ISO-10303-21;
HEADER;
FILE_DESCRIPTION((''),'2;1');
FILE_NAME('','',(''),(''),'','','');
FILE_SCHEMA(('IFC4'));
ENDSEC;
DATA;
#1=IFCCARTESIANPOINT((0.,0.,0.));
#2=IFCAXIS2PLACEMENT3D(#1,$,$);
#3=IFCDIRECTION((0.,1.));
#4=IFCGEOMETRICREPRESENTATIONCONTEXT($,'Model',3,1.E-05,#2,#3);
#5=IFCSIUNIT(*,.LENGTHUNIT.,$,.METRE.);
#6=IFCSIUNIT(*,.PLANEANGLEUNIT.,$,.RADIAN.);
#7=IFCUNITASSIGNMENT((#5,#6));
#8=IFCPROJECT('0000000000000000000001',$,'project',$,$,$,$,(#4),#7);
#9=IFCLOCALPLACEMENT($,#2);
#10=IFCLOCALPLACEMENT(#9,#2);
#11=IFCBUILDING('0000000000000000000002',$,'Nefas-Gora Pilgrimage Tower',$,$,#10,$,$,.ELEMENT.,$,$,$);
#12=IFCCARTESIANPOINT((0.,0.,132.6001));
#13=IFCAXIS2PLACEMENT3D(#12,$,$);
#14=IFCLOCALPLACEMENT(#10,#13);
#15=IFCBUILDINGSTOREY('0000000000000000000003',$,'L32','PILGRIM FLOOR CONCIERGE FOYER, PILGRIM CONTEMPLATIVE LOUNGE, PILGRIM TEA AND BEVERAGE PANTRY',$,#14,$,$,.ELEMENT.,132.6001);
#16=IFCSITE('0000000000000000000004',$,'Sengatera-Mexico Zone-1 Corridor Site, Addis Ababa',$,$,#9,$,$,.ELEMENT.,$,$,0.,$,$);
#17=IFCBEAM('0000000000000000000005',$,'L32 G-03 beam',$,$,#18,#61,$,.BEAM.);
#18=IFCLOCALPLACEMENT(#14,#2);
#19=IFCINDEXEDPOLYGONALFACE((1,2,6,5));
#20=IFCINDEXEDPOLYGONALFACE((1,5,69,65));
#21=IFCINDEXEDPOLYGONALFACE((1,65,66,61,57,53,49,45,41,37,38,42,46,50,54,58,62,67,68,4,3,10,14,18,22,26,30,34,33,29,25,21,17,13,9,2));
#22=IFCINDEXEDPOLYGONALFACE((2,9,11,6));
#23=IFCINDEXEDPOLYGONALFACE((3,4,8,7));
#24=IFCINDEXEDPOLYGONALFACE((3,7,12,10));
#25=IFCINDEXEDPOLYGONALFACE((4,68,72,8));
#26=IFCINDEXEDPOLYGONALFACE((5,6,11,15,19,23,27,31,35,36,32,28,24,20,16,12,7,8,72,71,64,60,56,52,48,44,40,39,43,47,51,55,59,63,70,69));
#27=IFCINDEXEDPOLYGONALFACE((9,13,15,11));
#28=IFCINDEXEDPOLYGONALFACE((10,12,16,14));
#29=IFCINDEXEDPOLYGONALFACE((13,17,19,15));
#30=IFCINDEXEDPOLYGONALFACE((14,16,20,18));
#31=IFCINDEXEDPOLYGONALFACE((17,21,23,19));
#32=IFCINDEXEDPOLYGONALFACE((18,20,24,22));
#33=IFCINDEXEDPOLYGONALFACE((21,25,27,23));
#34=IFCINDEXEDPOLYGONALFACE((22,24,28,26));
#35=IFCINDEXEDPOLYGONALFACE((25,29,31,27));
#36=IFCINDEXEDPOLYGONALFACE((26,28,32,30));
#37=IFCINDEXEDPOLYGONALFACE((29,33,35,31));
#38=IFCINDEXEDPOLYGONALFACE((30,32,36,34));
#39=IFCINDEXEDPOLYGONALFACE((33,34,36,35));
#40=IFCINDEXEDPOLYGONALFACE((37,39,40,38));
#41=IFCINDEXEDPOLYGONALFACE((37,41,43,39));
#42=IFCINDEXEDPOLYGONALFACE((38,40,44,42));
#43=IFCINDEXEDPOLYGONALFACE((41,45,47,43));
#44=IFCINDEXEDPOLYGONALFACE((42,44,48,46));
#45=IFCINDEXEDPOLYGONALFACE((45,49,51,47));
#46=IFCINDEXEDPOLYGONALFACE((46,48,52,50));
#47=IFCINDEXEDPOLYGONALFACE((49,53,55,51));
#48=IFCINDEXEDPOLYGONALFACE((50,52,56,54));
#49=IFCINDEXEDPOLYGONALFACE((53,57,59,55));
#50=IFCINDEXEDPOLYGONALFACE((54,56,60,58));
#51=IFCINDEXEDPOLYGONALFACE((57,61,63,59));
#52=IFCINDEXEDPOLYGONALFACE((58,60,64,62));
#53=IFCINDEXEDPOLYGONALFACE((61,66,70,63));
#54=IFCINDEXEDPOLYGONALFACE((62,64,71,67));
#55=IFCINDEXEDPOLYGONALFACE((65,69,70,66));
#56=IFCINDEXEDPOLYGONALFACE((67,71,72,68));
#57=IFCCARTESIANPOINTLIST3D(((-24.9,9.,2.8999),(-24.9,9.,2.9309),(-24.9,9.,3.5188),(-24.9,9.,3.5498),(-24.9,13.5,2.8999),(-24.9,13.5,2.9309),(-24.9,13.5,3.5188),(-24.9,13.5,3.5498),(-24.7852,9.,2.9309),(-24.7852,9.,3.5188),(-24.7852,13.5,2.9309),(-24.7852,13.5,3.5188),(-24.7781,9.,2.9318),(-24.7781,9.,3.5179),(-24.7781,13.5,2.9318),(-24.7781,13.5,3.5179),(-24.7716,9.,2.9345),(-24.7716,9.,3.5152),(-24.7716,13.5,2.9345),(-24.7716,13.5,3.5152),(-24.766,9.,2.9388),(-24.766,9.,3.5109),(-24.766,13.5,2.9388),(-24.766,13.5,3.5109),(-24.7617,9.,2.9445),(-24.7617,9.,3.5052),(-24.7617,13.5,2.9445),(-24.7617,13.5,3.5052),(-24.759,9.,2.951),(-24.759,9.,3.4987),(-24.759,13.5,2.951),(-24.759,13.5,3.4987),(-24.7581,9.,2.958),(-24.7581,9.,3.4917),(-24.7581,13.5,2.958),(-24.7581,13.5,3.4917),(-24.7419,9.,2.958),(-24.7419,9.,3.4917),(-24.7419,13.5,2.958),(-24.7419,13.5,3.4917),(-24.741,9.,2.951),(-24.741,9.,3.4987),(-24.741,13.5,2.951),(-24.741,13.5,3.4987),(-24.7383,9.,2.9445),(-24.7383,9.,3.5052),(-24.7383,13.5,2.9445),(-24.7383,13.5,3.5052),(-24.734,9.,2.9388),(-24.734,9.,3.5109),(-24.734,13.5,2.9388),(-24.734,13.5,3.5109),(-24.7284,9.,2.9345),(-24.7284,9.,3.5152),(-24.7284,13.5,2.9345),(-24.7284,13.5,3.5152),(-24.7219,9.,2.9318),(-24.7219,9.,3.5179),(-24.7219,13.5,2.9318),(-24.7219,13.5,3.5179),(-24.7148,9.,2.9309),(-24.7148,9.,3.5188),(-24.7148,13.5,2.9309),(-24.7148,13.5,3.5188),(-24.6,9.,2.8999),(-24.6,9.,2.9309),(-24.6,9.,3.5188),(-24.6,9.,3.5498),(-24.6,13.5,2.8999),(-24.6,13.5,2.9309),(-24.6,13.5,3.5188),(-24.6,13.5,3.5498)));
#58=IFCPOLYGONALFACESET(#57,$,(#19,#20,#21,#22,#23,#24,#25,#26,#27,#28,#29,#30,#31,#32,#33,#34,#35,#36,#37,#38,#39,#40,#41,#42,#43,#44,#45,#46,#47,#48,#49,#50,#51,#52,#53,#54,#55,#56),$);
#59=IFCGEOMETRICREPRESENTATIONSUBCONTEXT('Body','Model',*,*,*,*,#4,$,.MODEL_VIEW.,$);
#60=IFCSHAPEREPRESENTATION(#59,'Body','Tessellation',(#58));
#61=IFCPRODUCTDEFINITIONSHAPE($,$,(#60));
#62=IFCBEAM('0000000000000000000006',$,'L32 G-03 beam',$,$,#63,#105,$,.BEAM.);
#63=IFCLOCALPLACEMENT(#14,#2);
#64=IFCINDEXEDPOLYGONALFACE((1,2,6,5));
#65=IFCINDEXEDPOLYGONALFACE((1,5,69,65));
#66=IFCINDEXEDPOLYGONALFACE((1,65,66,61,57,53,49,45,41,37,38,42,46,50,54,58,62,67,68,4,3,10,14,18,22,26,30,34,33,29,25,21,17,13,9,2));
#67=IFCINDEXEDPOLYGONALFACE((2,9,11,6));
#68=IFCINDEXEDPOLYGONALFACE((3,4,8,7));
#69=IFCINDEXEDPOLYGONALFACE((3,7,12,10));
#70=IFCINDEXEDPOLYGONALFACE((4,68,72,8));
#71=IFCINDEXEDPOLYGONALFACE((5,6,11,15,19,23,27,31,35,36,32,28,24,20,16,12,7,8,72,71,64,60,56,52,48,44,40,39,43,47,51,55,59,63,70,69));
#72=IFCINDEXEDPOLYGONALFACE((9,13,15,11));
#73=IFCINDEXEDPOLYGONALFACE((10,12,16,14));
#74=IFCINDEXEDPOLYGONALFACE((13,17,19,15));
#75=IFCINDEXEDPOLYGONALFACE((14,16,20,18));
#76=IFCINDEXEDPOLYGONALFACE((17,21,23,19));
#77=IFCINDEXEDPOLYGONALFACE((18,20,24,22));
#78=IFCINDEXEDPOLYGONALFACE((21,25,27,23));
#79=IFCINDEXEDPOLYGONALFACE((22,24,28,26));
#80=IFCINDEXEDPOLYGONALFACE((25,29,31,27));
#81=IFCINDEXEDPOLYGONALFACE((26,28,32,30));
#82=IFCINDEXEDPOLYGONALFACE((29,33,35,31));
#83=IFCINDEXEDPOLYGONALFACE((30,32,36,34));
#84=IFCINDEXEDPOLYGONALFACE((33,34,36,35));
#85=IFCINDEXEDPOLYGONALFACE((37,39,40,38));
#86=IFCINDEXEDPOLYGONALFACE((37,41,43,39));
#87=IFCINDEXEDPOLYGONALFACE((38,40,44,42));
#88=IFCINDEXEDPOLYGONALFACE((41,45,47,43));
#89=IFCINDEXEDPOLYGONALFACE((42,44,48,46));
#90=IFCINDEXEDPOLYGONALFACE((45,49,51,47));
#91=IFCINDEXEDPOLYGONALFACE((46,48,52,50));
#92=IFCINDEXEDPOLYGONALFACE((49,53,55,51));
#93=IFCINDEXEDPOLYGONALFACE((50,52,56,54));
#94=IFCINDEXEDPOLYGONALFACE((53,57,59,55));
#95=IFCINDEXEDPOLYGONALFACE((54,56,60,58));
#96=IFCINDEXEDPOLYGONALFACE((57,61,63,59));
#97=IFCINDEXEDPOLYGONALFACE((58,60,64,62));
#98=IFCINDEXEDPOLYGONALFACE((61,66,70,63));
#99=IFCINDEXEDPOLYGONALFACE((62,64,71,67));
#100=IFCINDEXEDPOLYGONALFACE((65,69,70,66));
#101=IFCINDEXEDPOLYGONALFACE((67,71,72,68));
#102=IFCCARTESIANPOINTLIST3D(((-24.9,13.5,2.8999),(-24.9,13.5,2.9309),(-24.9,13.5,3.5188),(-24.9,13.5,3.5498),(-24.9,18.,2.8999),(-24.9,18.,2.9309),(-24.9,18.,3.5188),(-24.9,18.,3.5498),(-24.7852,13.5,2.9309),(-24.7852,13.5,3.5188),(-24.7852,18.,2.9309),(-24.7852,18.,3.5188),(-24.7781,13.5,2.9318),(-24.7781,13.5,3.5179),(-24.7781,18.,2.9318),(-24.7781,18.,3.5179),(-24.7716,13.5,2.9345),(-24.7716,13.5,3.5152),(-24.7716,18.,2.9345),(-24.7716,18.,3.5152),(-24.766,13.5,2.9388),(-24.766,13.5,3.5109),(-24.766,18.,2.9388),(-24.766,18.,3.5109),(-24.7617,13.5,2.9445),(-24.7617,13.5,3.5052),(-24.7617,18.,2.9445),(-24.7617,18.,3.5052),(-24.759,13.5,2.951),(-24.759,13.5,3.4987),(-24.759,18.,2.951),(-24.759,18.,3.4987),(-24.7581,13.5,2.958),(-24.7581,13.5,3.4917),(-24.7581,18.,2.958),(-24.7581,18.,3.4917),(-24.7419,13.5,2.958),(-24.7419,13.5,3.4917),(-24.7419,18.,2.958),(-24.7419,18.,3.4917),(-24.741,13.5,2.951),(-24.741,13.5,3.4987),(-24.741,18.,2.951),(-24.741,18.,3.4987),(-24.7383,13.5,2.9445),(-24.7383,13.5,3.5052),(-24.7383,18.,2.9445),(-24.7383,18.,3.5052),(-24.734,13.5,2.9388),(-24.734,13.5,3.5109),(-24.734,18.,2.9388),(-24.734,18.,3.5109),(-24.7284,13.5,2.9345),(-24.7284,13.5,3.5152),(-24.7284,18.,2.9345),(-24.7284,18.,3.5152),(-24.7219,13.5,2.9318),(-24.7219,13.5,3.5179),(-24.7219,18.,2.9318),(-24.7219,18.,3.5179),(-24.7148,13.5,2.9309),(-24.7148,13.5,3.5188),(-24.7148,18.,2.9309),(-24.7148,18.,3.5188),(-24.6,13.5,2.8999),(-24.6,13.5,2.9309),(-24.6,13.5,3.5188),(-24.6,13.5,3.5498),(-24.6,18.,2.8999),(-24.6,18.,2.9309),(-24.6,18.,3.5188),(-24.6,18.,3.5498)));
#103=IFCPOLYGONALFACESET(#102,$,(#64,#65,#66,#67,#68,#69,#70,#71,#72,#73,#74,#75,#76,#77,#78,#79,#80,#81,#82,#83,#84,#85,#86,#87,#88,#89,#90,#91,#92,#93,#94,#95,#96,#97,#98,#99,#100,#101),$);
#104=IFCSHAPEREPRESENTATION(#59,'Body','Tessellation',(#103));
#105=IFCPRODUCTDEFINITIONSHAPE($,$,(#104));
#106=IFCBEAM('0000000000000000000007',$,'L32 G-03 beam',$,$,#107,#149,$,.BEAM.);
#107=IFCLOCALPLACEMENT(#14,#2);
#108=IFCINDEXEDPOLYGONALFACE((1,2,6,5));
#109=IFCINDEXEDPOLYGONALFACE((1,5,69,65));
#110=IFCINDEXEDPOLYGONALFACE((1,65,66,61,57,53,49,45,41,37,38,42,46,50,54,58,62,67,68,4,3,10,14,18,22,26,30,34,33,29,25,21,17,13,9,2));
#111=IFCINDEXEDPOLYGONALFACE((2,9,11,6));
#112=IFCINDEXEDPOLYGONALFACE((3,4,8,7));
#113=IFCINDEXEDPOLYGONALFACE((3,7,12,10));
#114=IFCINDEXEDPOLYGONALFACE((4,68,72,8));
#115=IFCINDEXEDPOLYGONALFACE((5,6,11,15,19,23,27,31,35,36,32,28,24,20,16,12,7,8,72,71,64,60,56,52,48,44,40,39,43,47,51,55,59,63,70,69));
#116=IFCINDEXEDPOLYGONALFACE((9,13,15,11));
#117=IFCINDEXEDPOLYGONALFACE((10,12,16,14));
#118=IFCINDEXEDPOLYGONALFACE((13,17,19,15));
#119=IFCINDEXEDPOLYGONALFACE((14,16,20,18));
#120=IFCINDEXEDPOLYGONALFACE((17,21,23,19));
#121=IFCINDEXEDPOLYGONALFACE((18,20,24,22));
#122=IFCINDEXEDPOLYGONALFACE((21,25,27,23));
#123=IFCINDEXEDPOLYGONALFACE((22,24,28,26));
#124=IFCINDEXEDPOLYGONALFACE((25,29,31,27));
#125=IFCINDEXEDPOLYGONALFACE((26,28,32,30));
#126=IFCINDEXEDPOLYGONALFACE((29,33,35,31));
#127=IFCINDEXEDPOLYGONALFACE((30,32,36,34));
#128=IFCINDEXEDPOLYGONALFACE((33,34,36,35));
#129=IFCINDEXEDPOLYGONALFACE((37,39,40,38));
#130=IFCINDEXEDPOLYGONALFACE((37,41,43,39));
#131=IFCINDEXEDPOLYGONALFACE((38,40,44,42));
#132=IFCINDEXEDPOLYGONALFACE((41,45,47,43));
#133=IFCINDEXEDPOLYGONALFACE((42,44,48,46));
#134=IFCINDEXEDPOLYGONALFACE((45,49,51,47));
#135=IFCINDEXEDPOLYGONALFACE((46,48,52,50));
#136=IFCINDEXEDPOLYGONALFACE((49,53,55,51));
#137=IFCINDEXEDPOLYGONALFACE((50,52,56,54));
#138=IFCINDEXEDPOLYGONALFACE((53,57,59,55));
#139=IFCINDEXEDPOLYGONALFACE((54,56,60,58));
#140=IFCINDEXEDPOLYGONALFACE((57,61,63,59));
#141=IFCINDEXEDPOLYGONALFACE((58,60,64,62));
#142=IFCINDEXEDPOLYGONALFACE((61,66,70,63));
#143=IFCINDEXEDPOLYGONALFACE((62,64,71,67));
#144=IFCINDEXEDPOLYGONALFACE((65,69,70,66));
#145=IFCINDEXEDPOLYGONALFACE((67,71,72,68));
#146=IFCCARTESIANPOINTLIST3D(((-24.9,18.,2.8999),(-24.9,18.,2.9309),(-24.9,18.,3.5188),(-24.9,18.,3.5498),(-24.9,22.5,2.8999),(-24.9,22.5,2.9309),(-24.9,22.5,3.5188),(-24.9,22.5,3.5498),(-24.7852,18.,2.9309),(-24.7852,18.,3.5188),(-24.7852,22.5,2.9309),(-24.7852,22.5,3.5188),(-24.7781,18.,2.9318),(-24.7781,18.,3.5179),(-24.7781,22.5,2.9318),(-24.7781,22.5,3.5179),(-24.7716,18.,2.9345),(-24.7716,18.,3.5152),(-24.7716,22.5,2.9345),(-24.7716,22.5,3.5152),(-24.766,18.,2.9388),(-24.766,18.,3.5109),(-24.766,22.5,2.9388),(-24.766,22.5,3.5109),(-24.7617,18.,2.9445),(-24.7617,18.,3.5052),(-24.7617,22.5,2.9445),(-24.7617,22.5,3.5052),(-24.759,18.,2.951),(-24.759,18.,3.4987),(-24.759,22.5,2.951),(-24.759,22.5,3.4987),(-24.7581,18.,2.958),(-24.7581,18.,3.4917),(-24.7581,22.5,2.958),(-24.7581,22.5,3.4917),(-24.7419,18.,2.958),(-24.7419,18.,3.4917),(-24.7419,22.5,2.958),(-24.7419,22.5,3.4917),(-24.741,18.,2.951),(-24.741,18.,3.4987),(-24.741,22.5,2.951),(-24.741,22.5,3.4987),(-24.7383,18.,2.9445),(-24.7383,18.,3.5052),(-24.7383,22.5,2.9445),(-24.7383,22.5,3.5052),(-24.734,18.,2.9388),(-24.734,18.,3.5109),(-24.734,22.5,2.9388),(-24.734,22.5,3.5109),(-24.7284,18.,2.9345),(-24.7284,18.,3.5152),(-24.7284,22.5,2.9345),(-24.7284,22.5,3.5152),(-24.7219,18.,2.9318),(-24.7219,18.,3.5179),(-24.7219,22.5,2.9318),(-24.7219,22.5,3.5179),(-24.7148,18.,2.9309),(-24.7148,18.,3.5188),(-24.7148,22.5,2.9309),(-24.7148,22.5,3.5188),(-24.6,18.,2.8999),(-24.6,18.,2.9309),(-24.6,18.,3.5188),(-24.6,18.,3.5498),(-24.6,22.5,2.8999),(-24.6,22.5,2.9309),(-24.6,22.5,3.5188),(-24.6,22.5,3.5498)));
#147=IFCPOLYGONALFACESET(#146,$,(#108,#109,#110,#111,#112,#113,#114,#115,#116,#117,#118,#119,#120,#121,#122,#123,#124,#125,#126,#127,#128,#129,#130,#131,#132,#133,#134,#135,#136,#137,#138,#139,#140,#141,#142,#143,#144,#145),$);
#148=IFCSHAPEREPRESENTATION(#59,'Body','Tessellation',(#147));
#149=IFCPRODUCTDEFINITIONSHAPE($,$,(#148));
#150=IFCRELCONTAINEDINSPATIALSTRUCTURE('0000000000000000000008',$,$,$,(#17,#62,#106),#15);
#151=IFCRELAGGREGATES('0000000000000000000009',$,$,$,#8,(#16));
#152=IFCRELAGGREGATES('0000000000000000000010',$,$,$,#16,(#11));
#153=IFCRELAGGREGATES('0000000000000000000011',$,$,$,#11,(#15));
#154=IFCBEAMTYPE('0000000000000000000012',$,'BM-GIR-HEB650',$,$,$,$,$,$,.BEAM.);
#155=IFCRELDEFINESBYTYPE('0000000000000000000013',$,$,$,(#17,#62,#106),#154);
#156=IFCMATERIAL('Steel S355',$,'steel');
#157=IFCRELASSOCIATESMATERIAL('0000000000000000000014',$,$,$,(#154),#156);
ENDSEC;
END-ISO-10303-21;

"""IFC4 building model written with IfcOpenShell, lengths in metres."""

from ifc_helpers import new_model, si_unit, direction, frame, origin, origin_2d, place, context, subcontext, project, spatial, i_section, extrude, source, transform, mapped, material, material_profile, profile_set, type_object, element, save


model = new_model("IFC4")

# Units and contexts
model_context = context("Model", 3, precision=1e-05, world=origin(), true_north=direction((0.0, 1.0)))
body_context = subcontext(model_context, "Body", "Model", "MODEL_VIEW")
ifc_project = project(units=[si_unit("LENGTHUNIT", "METRE"), si_unit("PLANEANGLEUNIT", "RADIAN")], contexts=[model_context])

# Site, building, storey
site_placement = place(None, origin())
site = spatial("IfcSite", under=ifc_project, at=site_placement, Name="Sengatera-Mexico Zone-1 Corridor Site, Addis Ababa", CompositionType="ELEMENT", RefElevation=0.0)
building_placement = place(site_placement, origin())
building = spatial("IfcBuilding", under=site, at=building_placement, Name="Nefas-Gora Pilgrimage Tower", CompositionType="ELEMENT")
storey_placement = place(building_placement, frame((0.0, 0.0, 132.6001)))
storey = spatial("IfcBuildingStorey", under=building, at=storey_placement, Name="L32", Description="PILGRIM FLOOR CONCIERGE FOYER, PILGRIM CONTEMPLATIVE LOUNGE, PILGRIM TEA AND BEVERAGE PANTRY", CompositionType="ELEMENT", Elevation=132.6001)

# Beams
ifc_material_1 = material(Name="Steel S355", Category="steel")
ifc_material_profile_1 = material_profile(ifc_material_1, i_section(OverallWidth=0.3, OverallDepth=0.6499, WebThickness=0.0161, FlangeThickness=0.031, FilletRadius=0.0271, at=origin_2d()), Name="HEB 650")
ifc_profile_set_1 = profile_set([ifc_material_profile_1], Name="Steel S355")
beam_type_1 = type_object("IfcBeamType", Name="BM-GIR-HEB650", PredefinedType="BEAM", material=ifc_profile_set_1)
shared_shape_1 = source(origin(), body_context, "Body", "SweptSolid", [
    extrude(i_section(OverallWidth=0.3, OverallDepth=0.6499, WebThickness=0.0161, FlangeThickness=0.031, FilletRadius=0.0271, at=origin_2d()), origin(), (0.0, 0.0, 1.0), 4.5),
])
for number, where, z_axis, x_axis, name in (
    (1, (-24.75, 9.0, 3.2249), (0.0, 1.0, 0.0), (-1.0, 0.0, 0.0), "L32 G-03 beam"),
    (2, (-24.75, 13.5, 3.2249), (0.0, 1.0, 0.0), (-1.0, 0.0, 0.0), "L32 G-03 beam"),
    (3, (-24.75, 18.0, 3.2249), (0.0, 1.0, 0.0), (-1.0, 0.0, 0.0), "L32 G-03 beam"),
):
    element("IfcBeam", number, at=place(storey_placement, frame(where, z_axis=z_axis, x_axis=x_axis)), inside=storey, type_object=beam_type_1, Name=name, PredefinedType="BEAM", context=body_context, shape_type="MappedRepresentation", body=[
        mapped(shared_shape_1, transform((0.0, 0.0, 0.0), x_axis=(1.0, 0.0, 0.0), y_axis=(0.0, 1.0, 0.0), z_axis=(0.0, 0.0, 1.0), scale=1.0)),
    ])

save(model, "model.ifc")
